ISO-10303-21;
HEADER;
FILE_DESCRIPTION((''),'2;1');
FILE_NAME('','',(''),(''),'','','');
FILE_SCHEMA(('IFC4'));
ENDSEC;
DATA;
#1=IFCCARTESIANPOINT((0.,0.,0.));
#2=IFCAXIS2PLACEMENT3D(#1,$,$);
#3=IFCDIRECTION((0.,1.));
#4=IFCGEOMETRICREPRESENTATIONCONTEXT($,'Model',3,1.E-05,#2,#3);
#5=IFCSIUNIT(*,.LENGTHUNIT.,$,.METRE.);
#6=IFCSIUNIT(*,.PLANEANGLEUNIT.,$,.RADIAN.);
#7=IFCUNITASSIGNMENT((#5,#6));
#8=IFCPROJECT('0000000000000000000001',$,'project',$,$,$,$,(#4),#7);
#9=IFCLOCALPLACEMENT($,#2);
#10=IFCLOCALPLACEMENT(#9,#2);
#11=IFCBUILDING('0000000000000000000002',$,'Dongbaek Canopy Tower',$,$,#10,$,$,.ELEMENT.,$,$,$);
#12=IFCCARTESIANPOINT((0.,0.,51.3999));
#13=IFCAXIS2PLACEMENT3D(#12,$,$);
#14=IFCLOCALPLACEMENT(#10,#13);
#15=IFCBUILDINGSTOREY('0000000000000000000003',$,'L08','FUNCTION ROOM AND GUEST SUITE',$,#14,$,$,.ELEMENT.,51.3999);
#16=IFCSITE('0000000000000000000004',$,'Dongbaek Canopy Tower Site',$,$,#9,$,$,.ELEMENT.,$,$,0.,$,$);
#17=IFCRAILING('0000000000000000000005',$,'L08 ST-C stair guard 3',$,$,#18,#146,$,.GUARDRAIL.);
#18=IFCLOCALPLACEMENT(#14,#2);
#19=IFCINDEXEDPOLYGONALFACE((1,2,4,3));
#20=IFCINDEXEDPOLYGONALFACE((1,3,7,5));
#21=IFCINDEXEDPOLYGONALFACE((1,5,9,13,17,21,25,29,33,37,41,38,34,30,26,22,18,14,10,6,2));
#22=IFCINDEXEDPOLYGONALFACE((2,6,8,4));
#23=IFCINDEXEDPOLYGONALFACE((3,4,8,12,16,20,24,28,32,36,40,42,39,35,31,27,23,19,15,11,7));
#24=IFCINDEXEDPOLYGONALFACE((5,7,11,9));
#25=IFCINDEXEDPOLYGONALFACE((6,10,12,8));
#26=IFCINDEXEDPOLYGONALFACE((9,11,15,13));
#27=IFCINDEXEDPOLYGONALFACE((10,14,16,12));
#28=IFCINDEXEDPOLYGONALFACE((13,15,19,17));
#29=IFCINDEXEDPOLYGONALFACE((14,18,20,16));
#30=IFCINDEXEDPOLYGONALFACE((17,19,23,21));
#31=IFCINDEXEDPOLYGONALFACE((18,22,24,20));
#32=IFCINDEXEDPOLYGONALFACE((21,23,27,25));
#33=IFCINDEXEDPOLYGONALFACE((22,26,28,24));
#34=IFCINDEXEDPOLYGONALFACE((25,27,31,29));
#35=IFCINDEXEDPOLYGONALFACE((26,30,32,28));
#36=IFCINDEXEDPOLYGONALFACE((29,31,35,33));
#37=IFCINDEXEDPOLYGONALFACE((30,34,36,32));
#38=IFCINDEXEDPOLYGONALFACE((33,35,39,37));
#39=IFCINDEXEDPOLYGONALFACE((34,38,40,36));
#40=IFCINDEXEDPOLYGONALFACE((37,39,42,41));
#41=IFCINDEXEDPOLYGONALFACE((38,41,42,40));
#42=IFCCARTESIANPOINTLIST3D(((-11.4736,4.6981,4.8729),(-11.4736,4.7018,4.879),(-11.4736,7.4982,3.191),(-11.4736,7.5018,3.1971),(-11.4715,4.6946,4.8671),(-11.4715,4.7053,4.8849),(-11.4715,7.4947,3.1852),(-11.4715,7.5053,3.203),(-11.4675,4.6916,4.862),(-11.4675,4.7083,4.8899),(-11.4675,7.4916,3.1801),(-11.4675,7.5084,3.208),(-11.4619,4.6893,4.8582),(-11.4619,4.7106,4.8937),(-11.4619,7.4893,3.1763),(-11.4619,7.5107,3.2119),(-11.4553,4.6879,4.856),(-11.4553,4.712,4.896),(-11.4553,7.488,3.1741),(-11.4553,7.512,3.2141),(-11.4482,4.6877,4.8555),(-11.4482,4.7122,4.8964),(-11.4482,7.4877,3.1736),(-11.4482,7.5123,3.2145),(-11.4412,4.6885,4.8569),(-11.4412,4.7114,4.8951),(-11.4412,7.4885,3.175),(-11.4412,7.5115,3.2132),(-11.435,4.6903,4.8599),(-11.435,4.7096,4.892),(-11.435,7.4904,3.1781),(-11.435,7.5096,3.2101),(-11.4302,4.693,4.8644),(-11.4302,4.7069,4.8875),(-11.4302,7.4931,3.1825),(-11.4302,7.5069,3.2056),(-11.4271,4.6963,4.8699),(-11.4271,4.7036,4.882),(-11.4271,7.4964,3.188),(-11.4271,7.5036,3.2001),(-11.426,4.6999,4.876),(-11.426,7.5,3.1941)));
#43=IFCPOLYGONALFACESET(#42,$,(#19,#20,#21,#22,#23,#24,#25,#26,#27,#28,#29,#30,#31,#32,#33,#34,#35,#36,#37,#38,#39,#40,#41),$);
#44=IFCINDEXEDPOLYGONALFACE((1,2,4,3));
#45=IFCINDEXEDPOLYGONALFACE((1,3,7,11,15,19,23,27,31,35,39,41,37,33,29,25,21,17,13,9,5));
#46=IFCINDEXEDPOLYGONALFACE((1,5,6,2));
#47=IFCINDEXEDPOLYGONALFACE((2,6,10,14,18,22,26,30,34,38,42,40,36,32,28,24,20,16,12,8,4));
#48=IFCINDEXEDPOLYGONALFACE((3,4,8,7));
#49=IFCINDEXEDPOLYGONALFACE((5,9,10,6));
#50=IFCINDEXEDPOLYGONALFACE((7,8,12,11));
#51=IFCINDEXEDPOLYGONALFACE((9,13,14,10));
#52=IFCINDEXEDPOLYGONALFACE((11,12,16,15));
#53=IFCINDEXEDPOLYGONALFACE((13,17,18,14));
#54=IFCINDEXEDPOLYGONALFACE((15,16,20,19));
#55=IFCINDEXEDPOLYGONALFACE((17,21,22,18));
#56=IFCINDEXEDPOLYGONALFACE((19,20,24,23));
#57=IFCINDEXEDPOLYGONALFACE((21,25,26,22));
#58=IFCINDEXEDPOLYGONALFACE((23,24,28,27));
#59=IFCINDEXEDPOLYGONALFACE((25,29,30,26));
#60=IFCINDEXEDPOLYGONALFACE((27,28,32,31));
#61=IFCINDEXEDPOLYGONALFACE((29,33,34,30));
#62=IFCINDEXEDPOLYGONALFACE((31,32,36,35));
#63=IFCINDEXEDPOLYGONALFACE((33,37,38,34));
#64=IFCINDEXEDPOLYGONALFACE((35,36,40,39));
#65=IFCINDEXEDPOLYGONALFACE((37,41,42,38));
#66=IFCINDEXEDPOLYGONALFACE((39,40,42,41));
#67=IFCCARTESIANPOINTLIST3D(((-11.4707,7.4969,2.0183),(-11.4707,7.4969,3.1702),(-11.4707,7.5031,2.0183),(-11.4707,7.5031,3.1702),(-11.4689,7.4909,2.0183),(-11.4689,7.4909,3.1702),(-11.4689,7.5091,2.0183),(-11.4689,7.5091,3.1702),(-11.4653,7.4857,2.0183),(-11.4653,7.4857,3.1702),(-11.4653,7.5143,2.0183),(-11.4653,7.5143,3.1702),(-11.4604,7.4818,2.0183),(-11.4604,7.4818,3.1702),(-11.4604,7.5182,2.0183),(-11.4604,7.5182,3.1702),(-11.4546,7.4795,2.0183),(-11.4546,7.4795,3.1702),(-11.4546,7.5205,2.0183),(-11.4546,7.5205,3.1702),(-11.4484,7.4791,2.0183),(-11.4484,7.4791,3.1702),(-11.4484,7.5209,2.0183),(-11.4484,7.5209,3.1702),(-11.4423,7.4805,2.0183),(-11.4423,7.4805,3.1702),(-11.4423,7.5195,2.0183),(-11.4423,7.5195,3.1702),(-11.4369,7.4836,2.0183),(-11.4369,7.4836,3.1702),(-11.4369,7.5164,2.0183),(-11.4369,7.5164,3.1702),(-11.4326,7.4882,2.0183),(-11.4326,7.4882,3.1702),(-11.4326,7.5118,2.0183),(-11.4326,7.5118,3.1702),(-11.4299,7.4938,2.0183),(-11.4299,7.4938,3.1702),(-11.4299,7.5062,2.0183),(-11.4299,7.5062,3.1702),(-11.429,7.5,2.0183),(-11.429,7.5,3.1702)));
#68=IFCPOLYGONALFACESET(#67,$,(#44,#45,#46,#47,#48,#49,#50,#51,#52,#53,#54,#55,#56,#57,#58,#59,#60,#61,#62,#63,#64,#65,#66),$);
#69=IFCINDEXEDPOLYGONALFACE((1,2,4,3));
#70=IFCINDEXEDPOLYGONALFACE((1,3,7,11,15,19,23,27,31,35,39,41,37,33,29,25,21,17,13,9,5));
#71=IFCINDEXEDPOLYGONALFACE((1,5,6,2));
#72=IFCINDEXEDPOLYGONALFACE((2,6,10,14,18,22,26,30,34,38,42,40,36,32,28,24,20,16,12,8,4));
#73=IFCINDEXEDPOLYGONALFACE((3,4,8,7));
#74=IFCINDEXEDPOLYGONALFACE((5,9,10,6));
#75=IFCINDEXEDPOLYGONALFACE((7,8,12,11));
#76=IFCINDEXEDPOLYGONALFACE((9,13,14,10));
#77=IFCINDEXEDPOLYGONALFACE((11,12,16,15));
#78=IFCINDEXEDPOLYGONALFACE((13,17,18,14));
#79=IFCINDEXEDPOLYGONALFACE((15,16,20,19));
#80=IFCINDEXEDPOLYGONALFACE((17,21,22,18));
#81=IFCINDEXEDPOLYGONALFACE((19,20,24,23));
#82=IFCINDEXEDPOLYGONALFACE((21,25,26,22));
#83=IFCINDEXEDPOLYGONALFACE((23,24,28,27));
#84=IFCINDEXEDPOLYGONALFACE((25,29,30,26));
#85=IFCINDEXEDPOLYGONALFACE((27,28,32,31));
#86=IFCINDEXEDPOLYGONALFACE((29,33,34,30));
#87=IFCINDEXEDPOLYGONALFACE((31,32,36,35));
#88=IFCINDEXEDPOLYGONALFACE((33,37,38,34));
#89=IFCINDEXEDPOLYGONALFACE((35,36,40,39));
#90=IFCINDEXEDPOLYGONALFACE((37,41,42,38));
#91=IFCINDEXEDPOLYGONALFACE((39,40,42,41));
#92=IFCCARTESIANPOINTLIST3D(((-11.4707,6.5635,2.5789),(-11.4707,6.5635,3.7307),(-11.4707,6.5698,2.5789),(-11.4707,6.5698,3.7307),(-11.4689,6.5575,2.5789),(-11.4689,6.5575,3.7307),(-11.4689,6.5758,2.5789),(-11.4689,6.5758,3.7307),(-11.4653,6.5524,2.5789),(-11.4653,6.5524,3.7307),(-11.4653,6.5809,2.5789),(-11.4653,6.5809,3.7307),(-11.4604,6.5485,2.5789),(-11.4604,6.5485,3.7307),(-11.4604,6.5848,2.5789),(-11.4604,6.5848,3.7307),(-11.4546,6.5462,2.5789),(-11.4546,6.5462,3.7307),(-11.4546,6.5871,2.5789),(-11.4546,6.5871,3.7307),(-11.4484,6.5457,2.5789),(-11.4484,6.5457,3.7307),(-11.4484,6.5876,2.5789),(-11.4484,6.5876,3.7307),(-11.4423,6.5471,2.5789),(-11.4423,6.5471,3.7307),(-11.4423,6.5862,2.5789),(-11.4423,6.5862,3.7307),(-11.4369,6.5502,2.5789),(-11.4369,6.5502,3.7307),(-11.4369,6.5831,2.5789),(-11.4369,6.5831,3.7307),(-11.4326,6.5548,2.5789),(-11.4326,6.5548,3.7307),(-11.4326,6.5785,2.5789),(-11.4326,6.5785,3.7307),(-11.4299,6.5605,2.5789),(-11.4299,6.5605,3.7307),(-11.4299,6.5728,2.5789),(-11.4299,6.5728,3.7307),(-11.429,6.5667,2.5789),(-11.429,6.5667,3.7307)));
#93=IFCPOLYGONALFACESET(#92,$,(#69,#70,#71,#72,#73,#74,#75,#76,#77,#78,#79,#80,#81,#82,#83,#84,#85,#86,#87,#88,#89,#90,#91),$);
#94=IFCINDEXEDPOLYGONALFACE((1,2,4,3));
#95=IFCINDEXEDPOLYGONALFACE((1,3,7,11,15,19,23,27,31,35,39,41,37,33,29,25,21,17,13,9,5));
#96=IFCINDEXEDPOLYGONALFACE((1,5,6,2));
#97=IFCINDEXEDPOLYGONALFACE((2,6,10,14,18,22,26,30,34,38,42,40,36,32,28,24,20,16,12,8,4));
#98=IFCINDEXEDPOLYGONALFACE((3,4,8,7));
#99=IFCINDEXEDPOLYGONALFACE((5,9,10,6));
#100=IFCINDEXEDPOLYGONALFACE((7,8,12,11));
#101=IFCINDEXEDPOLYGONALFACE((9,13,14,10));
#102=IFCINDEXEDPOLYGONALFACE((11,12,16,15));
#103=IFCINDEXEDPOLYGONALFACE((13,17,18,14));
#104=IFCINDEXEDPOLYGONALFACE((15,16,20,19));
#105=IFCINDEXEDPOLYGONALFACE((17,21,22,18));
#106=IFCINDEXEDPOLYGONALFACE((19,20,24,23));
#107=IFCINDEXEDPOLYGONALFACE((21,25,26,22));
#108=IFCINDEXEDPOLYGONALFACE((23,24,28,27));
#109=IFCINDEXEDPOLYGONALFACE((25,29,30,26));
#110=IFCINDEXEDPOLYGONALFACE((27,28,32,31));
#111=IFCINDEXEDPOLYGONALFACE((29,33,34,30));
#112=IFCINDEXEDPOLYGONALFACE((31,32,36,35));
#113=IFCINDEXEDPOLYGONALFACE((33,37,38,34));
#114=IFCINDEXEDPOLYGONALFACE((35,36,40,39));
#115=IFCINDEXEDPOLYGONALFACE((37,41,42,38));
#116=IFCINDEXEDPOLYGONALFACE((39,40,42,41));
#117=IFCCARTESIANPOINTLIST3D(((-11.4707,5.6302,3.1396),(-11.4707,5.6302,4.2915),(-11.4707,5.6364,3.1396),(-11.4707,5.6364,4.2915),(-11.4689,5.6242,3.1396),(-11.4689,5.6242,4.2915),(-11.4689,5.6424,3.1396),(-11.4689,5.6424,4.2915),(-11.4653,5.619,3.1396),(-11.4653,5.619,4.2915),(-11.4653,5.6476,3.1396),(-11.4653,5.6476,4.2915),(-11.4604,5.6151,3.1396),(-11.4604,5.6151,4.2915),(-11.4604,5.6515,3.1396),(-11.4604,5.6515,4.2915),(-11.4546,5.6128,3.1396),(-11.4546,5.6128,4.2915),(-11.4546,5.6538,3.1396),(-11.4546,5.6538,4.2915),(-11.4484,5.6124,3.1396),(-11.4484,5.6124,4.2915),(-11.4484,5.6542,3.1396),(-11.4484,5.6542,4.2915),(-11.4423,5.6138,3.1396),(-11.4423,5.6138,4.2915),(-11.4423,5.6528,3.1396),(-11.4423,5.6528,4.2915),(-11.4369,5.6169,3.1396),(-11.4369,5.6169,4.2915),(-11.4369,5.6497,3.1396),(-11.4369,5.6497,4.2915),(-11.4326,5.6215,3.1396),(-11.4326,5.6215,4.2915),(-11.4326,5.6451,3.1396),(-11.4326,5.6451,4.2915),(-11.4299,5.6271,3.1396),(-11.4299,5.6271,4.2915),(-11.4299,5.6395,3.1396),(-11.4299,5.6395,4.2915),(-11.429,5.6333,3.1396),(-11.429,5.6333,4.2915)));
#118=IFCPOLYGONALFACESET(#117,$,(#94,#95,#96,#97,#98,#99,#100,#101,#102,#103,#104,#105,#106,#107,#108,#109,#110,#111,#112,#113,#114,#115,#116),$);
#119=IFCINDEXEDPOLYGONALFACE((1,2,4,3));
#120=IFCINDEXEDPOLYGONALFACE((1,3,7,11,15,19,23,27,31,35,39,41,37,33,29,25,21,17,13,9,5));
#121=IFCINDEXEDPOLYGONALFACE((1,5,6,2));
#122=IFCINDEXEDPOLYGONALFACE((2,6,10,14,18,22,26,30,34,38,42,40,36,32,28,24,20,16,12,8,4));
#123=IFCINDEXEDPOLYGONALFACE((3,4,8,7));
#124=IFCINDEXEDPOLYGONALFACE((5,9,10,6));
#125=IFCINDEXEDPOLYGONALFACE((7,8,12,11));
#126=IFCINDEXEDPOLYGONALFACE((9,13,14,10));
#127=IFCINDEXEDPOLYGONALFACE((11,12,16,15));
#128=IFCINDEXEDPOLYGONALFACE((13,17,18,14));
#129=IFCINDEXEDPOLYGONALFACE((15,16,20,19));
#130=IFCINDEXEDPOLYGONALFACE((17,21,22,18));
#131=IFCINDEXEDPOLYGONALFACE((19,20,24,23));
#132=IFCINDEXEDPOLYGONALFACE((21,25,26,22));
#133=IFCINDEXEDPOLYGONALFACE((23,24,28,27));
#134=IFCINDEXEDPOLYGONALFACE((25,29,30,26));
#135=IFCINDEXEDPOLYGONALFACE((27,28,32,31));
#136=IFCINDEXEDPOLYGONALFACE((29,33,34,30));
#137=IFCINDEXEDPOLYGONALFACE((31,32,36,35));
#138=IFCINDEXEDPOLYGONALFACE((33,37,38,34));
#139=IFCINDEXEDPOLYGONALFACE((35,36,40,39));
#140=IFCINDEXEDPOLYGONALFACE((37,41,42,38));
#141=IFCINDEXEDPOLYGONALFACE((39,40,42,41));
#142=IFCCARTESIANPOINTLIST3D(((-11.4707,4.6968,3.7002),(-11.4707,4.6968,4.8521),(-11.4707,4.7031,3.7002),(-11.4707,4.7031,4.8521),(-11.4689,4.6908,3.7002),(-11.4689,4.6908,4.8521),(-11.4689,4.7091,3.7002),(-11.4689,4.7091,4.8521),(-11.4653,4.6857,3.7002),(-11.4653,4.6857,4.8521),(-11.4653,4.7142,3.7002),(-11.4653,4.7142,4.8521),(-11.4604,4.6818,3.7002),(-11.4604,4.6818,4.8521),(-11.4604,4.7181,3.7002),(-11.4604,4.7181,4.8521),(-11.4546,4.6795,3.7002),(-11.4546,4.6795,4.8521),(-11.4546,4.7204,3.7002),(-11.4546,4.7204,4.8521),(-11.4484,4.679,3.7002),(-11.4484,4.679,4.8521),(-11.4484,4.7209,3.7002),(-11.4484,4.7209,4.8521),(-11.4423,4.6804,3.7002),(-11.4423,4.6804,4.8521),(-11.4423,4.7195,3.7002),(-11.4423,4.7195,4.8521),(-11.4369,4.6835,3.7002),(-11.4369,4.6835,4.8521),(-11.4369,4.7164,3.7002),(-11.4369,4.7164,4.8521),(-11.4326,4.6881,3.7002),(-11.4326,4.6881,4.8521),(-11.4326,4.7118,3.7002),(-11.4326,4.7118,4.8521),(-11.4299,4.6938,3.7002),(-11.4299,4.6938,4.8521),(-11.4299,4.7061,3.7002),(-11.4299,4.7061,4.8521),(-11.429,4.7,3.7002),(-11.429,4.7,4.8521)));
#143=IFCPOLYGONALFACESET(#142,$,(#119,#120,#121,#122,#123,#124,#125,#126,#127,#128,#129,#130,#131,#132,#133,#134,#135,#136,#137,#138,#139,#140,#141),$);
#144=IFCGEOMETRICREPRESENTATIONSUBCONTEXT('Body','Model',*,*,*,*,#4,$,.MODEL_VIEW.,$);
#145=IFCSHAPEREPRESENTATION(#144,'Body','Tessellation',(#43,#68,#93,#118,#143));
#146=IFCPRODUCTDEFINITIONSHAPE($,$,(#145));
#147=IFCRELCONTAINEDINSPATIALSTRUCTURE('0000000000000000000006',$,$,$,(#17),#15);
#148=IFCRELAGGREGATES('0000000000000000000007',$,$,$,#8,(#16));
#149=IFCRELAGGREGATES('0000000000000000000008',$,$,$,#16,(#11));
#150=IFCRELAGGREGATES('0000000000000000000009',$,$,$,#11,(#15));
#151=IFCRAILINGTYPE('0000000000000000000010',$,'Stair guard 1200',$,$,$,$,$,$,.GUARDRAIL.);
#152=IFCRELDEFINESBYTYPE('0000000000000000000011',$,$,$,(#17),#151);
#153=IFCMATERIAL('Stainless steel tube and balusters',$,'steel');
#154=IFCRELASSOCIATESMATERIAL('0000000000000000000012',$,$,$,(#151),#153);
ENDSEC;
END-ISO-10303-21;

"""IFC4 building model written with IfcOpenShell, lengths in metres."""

from ifc_helpers import new_model, si_unit, direction, frame, origin, origin_2d, place, context, subcontext, project, spatial, circle, extrude, material, type_object, element, save


model = new_model("IFC4")

# Units and contexts
model_context = context("Model", 3, precision=1e-05, world=origin(), true_north=direction((0.0, 1.0)))
body_context = subcontext(model_context, "Body", "Model", "MODEL_VIEW")
ifc_project = project(units=[si_unit("LENGTHUNIT", "METRE"), si_unit("PLANEANGLEUNIT", "RADIAN")], contexts=[model_context])

# Site, building, storey
site_placement = place(None, origin())
site = spatial("IfcSite", under=ifc_project, at=site_placement, Name="Dongbaek Canopy Tower Site", CompositionType="ELEMENT", RefElevation=0.0)
building_placement = place(site_placement, origin())
building = spatial("IfcBuilding", under=site, at=building_placement, Name="Dongbaek Canopy Tower", CompositionType="ELEMENT")
storey_placement = place(building_placement, frame((0.0, 0.0, 51.3999)))
storey = spatial("IfcBuildingStorey", under=building, at=storey_placement, Name="L08", Description="FUNCTION ROOM AND GUEST SUITE", CompositionType="ELEMENT", Elevation=51.3999)

# Railing
ifc_material_1 = material(Name="Stainless steel tube and balusters", Category="steel")
railing_type_1 = type_object("IfcRailingType", Name="Stair guard 1200", PredefinedType="GUARDRAIL", material=ifc_material_1)
railing_1_placement = place(storey_placement, frame((-11.45, 7.5, 2.0183)))
element("IfcRailing", 1, at=railing_1_placement, inside=storey, type_object=railing_type_1, Name="L08 ST-C stair guard 3", PredefinedType="GUARDRAIL", context=body_context, shape_type="SweptSolid", body=[
    extrude(circle(Radius=0.0239, at=origin_2d()), frame((0.0, 0.0, 1.1758), z_axis=(0.0, -0.857242, 0.514913), x_axis=(1.0, 0.0, 0.0)), (0.0, 0.0, 1.0), 3.2664),
    extrude(circle(Radius=0.021, at=origin_2d()), origin(), (0.0, 0.0, 1.0), 1.1519),
    extrude(circle(Radius=0.021, at=origin_2d()), frame((0.0, -0.9333, 0.5605)), (0.0, 0.0, 1.0), 1.1519),
    extrude(circle(Radius=0.021, at=origin_2d()), frame((0.0, -1.8667, 1.1213)), (0.0, 0.0, 1.0), 1.1519),
    extrude(circle(Radius=0.021, at=origin_2d()), frame((0.0, -2.8, 1.6819)), (0.0, 0.0, 1.0), 1.1519),
])

save(model, "model.ifc")
